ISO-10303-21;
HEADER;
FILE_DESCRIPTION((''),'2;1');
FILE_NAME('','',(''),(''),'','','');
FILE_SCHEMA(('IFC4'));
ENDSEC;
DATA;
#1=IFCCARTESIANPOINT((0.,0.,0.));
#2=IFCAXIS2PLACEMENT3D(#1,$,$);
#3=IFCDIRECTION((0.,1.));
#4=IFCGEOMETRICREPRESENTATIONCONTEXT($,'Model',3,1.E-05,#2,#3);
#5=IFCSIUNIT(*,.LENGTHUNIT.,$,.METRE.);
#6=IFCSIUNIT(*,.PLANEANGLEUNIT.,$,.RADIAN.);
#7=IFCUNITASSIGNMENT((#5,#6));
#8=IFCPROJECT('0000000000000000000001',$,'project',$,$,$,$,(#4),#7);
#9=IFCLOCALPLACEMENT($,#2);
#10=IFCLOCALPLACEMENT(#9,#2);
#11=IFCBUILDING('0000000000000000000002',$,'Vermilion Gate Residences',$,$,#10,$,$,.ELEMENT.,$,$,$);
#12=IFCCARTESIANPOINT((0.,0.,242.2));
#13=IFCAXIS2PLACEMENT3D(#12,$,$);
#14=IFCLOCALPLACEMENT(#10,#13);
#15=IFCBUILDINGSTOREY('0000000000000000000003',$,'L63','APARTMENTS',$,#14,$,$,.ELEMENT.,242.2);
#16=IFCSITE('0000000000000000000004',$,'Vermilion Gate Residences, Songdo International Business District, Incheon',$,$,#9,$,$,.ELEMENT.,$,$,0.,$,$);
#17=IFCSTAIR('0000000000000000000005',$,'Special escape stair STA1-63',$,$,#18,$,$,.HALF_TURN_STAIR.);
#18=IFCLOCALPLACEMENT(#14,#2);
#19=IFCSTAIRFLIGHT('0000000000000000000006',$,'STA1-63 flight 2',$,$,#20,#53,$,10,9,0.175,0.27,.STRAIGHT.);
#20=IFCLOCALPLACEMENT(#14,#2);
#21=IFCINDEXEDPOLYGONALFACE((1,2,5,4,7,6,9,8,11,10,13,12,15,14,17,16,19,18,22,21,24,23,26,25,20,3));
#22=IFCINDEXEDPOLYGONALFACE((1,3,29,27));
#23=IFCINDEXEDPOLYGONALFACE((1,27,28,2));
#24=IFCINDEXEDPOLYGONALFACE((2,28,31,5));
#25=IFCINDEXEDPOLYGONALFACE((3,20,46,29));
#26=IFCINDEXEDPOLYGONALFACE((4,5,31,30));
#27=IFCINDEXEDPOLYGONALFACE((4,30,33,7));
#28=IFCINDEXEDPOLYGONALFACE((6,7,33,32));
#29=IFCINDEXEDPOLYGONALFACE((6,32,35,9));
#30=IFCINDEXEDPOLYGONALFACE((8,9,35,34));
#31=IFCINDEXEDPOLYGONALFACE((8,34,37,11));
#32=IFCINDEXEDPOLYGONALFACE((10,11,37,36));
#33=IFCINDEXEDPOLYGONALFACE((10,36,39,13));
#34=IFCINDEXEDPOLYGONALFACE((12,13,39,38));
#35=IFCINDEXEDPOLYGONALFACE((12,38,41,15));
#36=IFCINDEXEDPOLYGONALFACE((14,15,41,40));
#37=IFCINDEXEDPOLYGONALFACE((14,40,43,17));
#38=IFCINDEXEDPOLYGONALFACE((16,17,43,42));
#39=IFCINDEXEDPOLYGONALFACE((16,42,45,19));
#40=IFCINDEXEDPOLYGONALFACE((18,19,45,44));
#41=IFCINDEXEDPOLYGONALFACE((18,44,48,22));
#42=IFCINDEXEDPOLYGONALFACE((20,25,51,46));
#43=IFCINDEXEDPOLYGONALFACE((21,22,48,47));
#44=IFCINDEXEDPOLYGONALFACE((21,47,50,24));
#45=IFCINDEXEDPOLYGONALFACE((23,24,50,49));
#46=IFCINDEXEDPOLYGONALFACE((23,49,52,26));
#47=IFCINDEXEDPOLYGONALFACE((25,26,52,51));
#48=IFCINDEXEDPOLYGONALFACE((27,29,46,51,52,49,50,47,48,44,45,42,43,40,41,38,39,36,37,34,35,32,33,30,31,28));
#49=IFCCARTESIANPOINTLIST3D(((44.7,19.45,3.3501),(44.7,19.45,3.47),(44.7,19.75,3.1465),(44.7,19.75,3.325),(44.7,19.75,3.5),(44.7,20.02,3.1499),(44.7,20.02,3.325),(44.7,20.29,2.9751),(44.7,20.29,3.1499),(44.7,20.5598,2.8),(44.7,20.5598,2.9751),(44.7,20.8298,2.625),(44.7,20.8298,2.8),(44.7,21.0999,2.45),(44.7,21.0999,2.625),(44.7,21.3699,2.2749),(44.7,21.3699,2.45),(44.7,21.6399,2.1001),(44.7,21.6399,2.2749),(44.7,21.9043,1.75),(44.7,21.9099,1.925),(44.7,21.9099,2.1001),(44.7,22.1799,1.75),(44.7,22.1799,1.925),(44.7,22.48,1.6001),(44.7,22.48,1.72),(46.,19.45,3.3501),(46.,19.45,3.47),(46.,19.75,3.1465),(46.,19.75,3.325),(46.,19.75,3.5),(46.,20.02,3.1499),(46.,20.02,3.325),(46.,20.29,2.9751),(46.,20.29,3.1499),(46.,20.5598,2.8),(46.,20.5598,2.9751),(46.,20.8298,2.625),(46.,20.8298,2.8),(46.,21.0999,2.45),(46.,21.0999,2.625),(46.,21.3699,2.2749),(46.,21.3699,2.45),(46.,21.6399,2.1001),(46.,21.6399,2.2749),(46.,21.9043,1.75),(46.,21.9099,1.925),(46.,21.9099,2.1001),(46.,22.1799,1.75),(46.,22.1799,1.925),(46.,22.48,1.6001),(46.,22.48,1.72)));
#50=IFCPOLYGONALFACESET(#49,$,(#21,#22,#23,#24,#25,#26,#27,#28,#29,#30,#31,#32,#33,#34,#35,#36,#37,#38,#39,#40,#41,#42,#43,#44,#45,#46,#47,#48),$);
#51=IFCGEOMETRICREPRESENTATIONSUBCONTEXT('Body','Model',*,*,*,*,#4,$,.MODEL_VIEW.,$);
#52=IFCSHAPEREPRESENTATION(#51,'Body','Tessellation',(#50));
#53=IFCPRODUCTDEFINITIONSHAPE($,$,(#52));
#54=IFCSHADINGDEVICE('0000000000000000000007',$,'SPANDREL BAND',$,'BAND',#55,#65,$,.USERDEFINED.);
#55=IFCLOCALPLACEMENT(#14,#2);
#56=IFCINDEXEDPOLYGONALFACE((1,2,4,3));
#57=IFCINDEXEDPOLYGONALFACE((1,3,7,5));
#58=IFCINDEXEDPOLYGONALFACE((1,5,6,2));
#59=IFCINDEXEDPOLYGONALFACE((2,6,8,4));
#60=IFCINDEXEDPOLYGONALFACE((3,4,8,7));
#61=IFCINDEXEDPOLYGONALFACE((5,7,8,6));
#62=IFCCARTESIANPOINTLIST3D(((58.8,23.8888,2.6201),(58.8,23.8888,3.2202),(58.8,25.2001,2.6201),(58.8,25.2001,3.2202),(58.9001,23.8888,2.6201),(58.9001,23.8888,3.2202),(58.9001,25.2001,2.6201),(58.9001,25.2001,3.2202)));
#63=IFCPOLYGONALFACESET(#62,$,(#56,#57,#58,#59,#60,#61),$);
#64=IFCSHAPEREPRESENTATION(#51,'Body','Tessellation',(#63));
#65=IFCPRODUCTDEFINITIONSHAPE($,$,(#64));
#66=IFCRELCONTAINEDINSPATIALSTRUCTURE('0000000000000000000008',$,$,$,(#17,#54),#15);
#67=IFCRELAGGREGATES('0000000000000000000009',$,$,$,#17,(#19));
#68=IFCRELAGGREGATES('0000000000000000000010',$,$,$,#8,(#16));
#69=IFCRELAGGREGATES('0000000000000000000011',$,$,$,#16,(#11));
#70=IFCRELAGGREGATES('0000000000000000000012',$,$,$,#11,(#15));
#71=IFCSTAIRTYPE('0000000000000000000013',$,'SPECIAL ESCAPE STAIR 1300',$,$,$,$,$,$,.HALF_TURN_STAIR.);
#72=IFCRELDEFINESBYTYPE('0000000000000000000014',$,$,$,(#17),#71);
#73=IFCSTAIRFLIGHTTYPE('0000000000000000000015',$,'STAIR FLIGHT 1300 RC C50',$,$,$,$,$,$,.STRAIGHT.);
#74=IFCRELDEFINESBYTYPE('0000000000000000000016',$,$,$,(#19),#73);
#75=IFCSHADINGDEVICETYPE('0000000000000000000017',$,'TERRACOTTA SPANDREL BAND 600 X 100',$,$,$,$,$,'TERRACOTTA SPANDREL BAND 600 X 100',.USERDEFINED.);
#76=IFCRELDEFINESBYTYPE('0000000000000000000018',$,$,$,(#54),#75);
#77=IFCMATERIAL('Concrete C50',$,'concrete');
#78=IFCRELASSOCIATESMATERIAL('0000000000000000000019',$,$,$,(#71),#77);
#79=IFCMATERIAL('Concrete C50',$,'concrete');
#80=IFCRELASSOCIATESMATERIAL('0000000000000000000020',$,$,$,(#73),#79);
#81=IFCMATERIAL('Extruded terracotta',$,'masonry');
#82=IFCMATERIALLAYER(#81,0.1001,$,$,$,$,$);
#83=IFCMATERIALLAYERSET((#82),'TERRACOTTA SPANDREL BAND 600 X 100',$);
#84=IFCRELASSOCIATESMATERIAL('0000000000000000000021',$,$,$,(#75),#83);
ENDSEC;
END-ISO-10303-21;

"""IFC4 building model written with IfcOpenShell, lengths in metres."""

from ifc_helpers import new_model, si_unit, direction, frame, origin, origin_2d, place, context, subcontext, project, spatial, polyline, rectangle, outline, extrude, material, layer, layer_set, type_object, element, aggregate, save


model = new_model("IFC4")

# Units and contexts
model_context = context("Model", 3, precision=1e-05, world=origin(), true_north=direction((0.0, 1.0)))
body_context = subcontext(model_context, "Body", "Model", "MODEL_VIEW")
ifc_project = project(units=[si_unit("LENGTHUNIT", "METRE"), si_unit("PLANEANGLEUNIT", "RADIAN")], contexts=[model_context])

# Site, building, storey
site_placement = place(None, origin())
site = spatial("IfcSite", under=ifc_project, at=site_placement, Name="Vermilion Gate Residences, Songdo International Business District, Incheon", CompositionType="ELEMENT", RefElevation=0.0)
building_placement = place(site_placement, origin())
building = spatial("IfcBuilding", under=site, at=building_placement, Name="Vermilion Gate Residences", CompositionType="ELEMENT")
storey_placement = place(building_placement, frame((0.0, 0.0, 242.2)))
storey = spatial("IfcBuildingStorey", under=building, at=storey_placement, Name="L63", Description="APARTMENTS", CompositionType="ELEMENT", Elevation=242.2)

# Stair, stair flight
ifc_material_1 = material(Name="Concrete C50", Category="concrete")
stair_type = type_object("IfcStairType", Name="SPECIAL ESCAPE STAIR 1300", PredefinedType="HALF_TURN_STAIR", material=ifc_material_1)
stair_placement = place(storey_placement, origin())
stair = element("IfcStair", 1, at=stair_placement, inside=storey, type_object=stair_type, Name="Special escape stair STA1-63", PredefinedType="HALF_TURN_STAIR")
ifc_material_2 = material(Name="Concrete C50", Category="concrete")
stair_flight_type = type_object("IfcStairFlightType", Name="STAIR FLIGHT 1300 RC C50", PredefinedType="STRAIGHT", material=ifc_material_2)
stair_flight_1_placement = place(storey_placement, frame((45.3501, 22.1799, 1.75), z_axis=(0.0, 0.0, 1.0), x_axis=(0.0, -1.0, 0.0)))
stair_flight_1 = element("IfcStairFlight", 2, at=stair_flight_1_placement, type_object=stair_flight_type, Name="STA1-63 flight 2", NumberOfRisers=10, NumberOfTreads=9, PredefinedType="STRAIGHT", RiserHeight=0.175, TreadLength=0.27, context=body_context, shape_type="SweptSolid", body=[
    extrude(outline(polyline([(-0.3, -0.1499), (-0.3, -0.03), (0.0, 0.0), (0.0, 0.175), (0.27, 0.175), (0.27, 0.3501), (0.54, 0.3501), (0.54, 0.5249), (0.8101, 0.5249), (0.8101, 0.7), (1.0801, 0.7), (1.0801, 0.875), (1.3501, 0.875), (1.3501, 1.05), (1.6201, 1.05), (1.6201, 1.2251), (1.8899, 1.2251), (1.8899, 1.3999), (2.1599, 1.3999), (2.1599, 1.575), (2.4299, 1.575), (2.4299, 1.75), (2.73, 1.72), (2.73, 1.6001), (2.4299, 1.3965), (0.2756, 0.0), (-0.3, -0.1499)])), frame((0.0, 0.6499, 0.0), z_axis=(0.0, -1.0, 0.0), x_axis=(1.0, 0.0, 0.0)), (0.0, 0.0, 1.0), 1.3),
])
aggregate(stair, [stair_flight_1])

# Shading device
ifc_material_3 = material(Name="Extruded terracotta", Category="masonry")
ifc_layer_1 = layer(ifc_material_3, 0.1001)
ifc_layer_set_1 = layer_set([ifc_layer_1], Name="TERRACOTTA SPANDREL BAND 600 X 100")
shading_device_type = type_object("IfcShadingDeviceType", Name="TERRACOTTA SPANDREL BAND 600 X 100", ElementType="TERRACOTTA SPANDREL BAND 600 X 100", PredefinedType="USERDEFINED", material=ifc_layer_set_1)
shading_device_placement = place(storey_placement, frame((58.8501, 24.5444, 2.6201), z_axis=(0.0, 0.0, 1.0), x_axis=(0.0, 1.0, 0.0)))
element("IfcShadingDevice", 3, at=shading_device_placement, inside=storey, type_object=shading_device_type, Name="SPANDREL BAND", ObjectType="BAND", PredefinedType="USERDEFINED", context=body_context, shape_type="SweptSolid", body=[
    extrude(rectangle(XDim=1.3113, YDim=0.1001, at=origin_2d()), origin(), (0.0, 0.0, 1.0), 0.6001),
])

save(model, "model.ifc")
